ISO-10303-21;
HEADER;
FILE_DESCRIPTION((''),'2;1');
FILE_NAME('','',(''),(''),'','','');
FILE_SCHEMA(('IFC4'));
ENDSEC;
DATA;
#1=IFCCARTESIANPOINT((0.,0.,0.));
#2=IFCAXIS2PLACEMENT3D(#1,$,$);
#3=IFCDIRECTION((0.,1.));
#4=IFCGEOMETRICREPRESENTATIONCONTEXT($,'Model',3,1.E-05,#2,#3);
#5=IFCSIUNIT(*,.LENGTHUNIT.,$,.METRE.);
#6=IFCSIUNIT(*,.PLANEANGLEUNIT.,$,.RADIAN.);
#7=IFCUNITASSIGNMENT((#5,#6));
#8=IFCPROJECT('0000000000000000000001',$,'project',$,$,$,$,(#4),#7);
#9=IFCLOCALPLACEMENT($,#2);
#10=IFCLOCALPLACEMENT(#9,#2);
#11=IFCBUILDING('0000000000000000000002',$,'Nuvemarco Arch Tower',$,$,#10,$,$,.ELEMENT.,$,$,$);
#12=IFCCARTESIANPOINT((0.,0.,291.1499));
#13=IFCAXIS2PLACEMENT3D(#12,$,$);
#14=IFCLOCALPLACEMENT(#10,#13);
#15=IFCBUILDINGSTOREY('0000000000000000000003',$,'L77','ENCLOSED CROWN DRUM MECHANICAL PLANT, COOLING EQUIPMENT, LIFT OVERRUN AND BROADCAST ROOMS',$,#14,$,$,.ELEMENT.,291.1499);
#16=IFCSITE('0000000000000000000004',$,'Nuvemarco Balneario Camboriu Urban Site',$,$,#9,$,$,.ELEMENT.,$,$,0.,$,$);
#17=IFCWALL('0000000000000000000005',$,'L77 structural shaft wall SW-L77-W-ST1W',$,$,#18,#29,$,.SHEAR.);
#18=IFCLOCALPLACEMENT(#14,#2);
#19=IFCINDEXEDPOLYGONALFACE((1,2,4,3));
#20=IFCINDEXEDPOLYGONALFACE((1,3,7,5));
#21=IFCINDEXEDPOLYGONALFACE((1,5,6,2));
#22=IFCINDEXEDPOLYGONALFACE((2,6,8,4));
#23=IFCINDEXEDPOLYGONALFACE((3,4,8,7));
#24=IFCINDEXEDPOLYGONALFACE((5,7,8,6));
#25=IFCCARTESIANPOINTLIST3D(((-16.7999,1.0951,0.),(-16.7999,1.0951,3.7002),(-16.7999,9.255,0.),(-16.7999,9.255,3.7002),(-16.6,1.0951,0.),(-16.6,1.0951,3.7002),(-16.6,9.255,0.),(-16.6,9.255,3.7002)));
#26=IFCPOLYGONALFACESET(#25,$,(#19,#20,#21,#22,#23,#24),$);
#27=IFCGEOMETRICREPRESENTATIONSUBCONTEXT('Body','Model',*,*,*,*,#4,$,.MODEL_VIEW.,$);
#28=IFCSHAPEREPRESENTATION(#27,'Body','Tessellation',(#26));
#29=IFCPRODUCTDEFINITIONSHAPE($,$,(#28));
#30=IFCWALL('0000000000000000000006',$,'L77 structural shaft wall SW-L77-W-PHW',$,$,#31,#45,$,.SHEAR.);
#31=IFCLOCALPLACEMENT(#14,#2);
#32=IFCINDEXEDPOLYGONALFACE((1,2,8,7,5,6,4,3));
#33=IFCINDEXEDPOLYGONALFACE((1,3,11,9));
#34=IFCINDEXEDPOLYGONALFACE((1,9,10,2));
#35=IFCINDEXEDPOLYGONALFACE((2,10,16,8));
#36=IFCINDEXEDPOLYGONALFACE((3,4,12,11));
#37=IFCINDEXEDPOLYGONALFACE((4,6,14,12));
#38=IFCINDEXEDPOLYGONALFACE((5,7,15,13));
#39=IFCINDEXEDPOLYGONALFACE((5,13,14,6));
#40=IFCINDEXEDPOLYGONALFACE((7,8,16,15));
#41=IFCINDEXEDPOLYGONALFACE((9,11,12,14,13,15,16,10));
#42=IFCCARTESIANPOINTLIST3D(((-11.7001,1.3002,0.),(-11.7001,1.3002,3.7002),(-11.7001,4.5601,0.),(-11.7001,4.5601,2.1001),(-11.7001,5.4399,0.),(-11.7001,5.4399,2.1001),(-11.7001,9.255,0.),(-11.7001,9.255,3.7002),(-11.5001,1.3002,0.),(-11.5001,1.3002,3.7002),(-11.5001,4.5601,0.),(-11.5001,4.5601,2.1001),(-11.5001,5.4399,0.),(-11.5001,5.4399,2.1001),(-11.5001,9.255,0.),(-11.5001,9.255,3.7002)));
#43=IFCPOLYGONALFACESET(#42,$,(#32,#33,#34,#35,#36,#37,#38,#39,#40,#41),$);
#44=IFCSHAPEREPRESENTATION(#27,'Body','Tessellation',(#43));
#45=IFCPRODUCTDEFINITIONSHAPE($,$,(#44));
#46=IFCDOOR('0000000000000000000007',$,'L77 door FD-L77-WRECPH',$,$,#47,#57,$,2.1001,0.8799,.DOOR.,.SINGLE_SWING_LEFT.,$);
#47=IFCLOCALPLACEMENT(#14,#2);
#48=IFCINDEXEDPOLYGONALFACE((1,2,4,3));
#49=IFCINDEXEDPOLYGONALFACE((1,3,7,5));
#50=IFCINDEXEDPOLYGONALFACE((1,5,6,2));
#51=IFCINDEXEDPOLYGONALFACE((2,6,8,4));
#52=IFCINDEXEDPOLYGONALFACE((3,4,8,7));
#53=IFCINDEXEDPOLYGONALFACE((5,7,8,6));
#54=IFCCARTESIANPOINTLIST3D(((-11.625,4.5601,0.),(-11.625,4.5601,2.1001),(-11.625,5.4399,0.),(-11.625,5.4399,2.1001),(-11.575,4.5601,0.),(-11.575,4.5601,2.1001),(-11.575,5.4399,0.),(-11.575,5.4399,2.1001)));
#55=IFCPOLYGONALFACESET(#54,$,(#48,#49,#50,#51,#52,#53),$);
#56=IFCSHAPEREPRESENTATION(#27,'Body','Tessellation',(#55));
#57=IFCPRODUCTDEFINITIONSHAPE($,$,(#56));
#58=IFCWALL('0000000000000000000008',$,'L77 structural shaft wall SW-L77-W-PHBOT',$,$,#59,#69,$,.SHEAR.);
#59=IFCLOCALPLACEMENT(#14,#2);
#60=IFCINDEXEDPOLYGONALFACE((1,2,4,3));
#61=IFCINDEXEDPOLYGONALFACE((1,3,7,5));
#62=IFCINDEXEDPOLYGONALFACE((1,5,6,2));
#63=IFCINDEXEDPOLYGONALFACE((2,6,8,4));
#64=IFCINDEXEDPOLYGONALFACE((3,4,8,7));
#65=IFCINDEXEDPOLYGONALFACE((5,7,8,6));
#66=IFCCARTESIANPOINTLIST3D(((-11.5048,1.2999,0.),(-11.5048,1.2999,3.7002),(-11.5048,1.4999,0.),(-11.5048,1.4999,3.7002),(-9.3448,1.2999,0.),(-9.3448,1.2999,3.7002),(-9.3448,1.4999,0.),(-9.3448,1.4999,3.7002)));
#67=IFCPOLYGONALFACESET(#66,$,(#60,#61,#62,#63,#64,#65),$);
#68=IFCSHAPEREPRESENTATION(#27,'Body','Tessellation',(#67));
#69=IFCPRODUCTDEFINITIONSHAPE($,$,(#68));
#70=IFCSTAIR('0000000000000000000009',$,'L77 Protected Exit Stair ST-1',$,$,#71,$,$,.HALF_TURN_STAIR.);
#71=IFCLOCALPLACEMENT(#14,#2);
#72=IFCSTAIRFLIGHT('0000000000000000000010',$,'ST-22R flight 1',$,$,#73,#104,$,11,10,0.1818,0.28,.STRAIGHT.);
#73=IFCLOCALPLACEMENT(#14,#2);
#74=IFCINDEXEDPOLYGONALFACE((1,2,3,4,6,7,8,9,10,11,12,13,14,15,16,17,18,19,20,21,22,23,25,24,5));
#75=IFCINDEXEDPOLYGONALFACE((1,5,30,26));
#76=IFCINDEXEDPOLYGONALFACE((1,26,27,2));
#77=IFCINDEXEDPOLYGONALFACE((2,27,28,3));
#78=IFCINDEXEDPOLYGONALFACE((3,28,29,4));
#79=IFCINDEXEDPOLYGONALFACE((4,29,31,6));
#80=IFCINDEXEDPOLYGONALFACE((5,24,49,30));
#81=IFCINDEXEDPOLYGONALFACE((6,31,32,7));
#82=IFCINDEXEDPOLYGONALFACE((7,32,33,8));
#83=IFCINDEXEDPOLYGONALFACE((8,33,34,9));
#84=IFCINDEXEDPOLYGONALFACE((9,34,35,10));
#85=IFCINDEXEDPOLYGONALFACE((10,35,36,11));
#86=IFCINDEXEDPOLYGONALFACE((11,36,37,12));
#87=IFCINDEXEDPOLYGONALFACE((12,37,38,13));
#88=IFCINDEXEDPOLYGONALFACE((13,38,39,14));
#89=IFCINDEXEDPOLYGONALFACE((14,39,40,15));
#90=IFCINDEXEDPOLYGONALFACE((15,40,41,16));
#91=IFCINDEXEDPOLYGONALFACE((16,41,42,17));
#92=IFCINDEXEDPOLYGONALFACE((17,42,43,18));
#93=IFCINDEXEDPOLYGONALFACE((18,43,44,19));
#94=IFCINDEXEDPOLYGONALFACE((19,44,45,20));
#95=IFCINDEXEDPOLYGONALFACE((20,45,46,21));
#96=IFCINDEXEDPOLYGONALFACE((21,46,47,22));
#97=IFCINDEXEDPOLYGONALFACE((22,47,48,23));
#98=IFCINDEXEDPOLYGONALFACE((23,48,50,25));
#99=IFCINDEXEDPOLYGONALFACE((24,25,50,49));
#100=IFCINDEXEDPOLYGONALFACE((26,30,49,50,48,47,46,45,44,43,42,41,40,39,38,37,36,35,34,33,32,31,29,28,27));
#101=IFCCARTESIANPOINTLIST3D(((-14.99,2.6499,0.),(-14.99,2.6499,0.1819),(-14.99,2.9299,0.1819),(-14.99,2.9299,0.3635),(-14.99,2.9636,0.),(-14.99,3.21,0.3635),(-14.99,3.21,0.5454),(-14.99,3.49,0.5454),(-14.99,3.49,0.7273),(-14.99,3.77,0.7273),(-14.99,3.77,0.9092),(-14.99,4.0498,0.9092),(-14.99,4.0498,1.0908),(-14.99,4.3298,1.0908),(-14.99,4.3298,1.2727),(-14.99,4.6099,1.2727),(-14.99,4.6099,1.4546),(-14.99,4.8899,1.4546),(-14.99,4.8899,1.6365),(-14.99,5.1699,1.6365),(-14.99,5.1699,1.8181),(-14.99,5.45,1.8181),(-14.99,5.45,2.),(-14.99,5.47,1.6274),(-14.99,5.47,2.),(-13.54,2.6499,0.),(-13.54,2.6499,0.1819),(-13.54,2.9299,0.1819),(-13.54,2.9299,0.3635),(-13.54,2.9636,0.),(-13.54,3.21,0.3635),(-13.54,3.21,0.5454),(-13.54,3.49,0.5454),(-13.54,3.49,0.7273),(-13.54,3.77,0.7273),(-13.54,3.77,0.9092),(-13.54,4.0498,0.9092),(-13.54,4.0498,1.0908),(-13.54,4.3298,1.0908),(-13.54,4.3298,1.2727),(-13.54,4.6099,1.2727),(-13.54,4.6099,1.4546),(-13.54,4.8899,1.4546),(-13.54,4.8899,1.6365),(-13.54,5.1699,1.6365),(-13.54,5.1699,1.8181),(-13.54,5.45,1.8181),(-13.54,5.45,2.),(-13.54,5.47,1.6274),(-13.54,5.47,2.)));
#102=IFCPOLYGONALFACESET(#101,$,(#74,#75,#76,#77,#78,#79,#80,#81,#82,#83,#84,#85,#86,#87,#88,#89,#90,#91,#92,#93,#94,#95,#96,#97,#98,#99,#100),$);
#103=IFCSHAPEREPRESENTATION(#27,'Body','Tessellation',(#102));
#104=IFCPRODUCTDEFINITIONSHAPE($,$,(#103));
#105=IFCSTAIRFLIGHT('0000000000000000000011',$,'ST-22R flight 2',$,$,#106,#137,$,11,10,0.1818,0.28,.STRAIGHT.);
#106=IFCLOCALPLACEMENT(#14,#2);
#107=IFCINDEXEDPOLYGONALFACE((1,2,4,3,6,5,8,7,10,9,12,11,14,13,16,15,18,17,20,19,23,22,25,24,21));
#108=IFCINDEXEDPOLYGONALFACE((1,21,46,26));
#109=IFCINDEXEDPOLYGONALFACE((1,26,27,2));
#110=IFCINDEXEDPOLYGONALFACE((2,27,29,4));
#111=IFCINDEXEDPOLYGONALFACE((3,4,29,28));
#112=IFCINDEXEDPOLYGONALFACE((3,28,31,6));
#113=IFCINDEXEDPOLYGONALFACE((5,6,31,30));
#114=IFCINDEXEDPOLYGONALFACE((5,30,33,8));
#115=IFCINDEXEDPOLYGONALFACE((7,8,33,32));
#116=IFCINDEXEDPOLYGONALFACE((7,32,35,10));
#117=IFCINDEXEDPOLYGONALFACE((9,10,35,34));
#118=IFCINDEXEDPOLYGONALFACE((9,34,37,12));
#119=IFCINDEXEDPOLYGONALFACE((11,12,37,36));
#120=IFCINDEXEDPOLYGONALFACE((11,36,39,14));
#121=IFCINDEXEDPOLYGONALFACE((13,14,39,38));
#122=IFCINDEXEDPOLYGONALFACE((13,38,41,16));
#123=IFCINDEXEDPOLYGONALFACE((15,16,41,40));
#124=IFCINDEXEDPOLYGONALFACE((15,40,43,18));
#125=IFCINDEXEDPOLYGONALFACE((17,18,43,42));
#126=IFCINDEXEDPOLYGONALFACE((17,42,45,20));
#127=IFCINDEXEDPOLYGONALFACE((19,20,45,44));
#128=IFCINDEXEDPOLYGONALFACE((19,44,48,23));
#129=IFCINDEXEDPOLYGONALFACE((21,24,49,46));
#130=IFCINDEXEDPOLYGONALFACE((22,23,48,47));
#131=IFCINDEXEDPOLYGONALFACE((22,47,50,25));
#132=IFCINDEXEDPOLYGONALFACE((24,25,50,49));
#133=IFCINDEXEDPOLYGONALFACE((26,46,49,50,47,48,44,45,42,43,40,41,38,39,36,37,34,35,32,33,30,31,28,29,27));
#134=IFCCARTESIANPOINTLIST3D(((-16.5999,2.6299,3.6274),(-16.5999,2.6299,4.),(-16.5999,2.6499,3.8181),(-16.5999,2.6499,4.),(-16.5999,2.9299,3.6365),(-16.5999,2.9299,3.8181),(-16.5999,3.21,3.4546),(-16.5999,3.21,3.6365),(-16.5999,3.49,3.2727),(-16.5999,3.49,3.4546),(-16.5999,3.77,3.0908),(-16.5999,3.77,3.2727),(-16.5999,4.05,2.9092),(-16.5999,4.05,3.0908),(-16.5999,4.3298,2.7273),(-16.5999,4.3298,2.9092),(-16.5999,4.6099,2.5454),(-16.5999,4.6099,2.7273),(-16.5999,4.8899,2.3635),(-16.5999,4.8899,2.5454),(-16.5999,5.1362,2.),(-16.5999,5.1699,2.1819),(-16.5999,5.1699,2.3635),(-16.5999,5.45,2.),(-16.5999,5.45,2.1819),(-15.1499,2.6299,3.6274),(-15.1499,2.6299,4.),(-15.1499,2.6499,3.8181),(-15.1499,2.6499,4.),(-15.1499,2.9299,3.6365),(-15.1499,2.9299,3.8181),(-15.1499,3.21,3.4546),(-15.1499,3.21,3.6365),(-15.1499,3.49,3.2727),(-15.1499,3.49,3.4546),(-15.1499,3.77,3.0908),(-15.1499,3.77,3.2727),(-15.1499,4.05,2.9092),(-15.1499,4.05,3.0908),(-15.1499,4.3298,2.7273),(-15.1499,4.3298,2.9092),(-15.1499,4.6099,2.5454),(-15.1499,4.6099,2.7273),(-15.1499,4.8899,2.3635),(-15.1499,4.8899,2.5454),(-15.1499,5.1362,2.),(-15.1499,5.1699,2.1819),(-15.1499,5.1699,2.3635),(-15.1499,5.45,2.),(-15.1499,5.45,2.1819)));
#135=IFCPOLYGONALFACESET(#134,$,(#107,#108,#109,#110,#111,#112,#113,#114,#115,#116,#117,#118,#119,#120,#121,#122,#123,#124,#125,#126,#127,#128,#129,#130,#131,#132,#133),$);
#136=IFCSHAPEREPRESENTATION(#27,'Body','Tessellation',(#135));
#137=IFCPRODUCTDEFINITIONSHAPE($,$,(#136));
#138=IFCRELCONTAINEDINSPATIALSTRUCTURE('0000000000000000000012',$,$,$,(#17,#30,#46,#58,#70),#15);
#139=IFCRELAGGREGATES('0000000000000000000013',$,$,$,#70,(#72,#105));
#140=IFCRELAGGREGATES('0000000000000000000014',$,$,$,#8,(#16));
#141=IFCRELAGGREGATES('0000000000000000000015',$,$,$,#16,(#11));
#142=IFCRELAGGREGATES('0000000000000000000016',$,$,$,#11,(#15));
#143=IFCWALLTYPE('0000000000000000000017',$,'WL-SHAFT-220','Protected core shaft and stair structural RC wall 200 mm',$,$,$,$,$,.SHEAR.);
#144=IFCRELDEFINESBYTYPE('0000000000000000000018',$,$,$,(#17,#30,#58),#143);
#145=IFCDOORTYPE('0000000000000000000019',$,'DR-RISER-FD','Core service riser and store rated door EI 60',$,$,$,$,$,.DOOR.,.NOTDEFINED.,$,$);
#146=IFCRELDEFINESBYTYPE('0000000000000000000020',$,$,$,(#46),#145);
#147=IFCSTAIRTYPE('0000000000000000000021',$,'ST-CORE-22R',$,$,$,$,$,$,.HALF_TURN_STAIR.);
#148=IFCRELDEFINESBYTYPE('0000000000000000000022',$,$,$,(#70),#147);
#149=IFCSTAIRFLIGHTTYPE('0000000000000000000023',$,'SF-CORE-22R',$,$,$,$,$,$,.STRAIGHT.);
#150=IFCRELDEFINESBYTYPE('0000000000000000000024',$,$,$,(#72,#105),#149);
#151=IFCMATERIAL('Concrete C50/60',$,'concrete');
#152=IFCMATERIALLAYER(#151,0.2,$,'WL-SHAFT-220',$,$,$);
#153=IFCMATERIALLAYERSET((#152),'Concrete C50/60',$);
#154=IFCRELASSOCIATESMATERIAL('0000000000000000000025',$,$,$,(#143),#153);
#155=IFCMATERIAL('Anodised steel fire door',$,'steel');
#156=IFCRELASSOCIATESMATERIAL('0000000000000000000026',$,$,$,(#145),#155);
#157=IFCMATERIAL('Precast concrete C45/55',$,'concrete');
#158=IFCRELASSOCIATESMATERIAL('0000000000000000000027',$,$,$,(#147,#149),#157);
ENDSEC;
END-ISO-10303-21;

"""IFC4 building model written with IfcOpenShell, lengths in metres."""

from ifc_helpers import new_model, si_unit, direction, frame, frame_2d, origin, place, context, subcontext, project, spatial, polyline, rectangle, outline, extrude, source, transform, mapped, material, layer, layer_set, type_object, type_shapes, element, fill, aggregate, save


model = new_model("IFC4")

# Units and contexts
model_context = context("Model", 3, precision=1e-05, world=origin(), true_north=direction((0.0, 1.0)))
body_context = subcontext(model_context, "Body", "Model", "MODEL_VIEW")
ifc_project = project(units=[si_unit("LENGTHUNIT", "METRE"), si_unit("PLANEANGLEUNIT", "RADIAN")], contexts=[model_context])

# Site, building, storey
site_placement = place(None, origin())
site = spatial("IfcSite", under=ifc_project, at=site_placement, Name="Nuvemarco Balneario Camboriu Urban Site", CompositionType="ELEMENT", RefElevation=0.0)
building_placement = place(site_placement, origin())
building = spatial("IfcBuilding", under=site, at=building_placement, Name="Nuvemarco Arch Tower", CompositionType="ELEMENT")
storey_placement = place(building_placement, frame((0.0, 0.0, 291.1499)))
storey = spatial("IfcBuildingStorey", under=building, at=storey_placement, Name="L77", Description="ENCLOSED CROWN DRUM MECHANICAL PLANT, COOLING EQUIPMENT, LIFT OVERRUN AND BROADCAST ROOMS", CompositionType="ELEMENT", Elevation=291.1499)

# Shared definitions
ifc_material_1 = material(Name="Concrete C50/60", Category="concrete")

# Shared definitions
ifc_material_2 = material(Name="Precast concrete C45/55", Category="concrete")
ifc_layer_1 = layer(ifc_material_1, 0.2, Name="WL-SHAFT-220")
ifc_layer_set_1 = layer_set([ifc_layer_1], Name="Concrete C50/60")
wall_type_1 = type_object("IfcWallType", Name="WL-SHAFT-220", Description="Protected core shaft and stair structural RC wall 200 mm", PredefinedType="SHEAR", material=ifc_layer_set_1)
ifc_material_3 = material(Name="Anodised steel fire door", Category="steel")

# Wall
wall_1_placement = place(storey_placement, frame((-16.7, 1.095, 0.0), z_axis=(0.0, 0.0, 1.0), x_axis=(0.0, 1.0, 0.0)))
element("IfcWall", 1, at=wall_1_placement, inside=storey, type_object=wall_type_1, Name="L77 structural shaft wall SW-L77-W-ST1W", PredefinedType="SHEAR", context=body_context, shape_type="SweptSolid", body=[
    extrude(rectangle(XDim=8.1599, YDim=0.2, at=frame_2d((4.0801, 0.0))), origin(), (0.0, 0.0, 1.0), 3.7002),
])

# Wall, opening, door
wall_2_placement = place(storey_placement, frame((-11.6001, 1.3, 0.0), z_axis=(0.0, 0.0, 1.0), x_axis=(0.0, 1.0, 0.0)))
wall_2 = element("IfcWall", 2, at=wall_2_placement, inside=storey, type_object=wall_type_1, Name="L77 structural shaft wall SW-L77-W-PHW", PredefinedType="SHEAR", context=body_context, shape_type="SweptSolid", body=[
    extrude(rectangle(XDim=7.9548, YDim=0.2, at=frame_2d((3.9775, 0.0))), origin(), (0.0, 0.0, 1.0), 3.7002),
])
opening_1_placement = place(wall_2_placement, frame((3.26, 0.0, 0.0)))
opening_1 = element("IfcOpeningElement", 3, at=opening_1_placement, cuts=wall_2, PredefinedType="OPENING", context=body_context, shape_type="SweptSolid", body=[
    extrude(rectangle(XDim=0.8799, YDim=2.1001, at=frame_2d((0.4399, 1.05))), frame((0.0, 0.1099, 0.0), z_axis=(0.0, -1.0, 0.0), x_axis=(1.0, 0.0, 0.0)), (0.0, 0.0, 1.0), 0.22),
])
door_type_1 = type_object("IfcDoorType", Name="DR-RISER-FD", Description="Core service riser and store rated door EI 60", OperationType="NOTDEFINED", PredefinedType="DOOR", material=ifc_material_3)
shared_shape_1 = source(origin(), body_context, "Body", "SweptSolid", [
    extrude(rectangle(XDim=0.8799, YDim=2.1001, at=frame_2d((0.4399, 1.05))), frame((0.0, 0.0249, 0.0), z_axis=(0.0, -1.0, 0.0), x_axis=(1.0, 0.0, 0.0)), (0.0, 0.0, 1.0), 0.05),
])
type_shapes(door_type_1, [shared_shape_1])
door_1_placement = place(opening_1_placement, origin())
door_1 = element("IfcDoor", 4, at=door_1_placement, inside=storey, type_object=door_type_1, Name="L77 door FD-L77-WRECPH", OperationType="SINGLE_SWING_LEFT", OverallHeight=2.1001, OverallWidth=0.8799, PredefinedType="DOOR", context=body_context, shape_type="MappedRepresentation", body=[
    mapped(shared_shape_1, transform((0.0, 0.0, 0.0), scale=1.0)),
])
fill(opening_1, door_1)

# Wall
wall_3_placement = place(storey_placement, frame((-11.5049, 1.3999, 0.0), z_axis=(0.0, 0.0, 1.0), x_axis=(1.0, 0.0, 0.0)))
element("IfcWall", 5, at=wall_3_placement, inside=storey, type_object=wall_type_1, Name="L77 structural shaft wall SW-L77-W-PHBOT", PredefinedType="SHEAR", context=body_context, shape_type="SweptSolid", body=[
    extrude(rectangle(XDim=2.1599, YDim=0.2, at=frame_2d((1.0801, 0.0))), origin(), (0.0, 0.0, 1.0), 3.7002),
])

# Stair, stair flights
stair_type = type_object("IfcStairType", Name="ST-CORE-22R", PredefinedType="HALF_TURN_STAIR", material=ifc_material_2)
stair_placement = place(storey_placement, origin())
stair = element("IfcStair", 6, at=stair_placement, inside=storey, type_object=stair_type, Name="L77 Protected Exit Stair ST-1", PredefinedType="HALF_TURN_STAIR")
stair_flight_type = type_object("IfcStairFlightType", Name="SF-CORE-22R", PredefinedType="STRAIGHT", material=ifc_material_2)
stair_flight_1_placement = place(storey_placement, frame((-14.2649, 2.6499, 0.0), z_axis=(0.0, 0.0, 1.0), x_axis=(0.0, 1.0, 0.0)))
stair_flight_1 = element("IfcStairFlight", 7, at=stair_flight_1_placement, type_object=stair_flight_type, Name="ST-22R flight 1", NumberOfRisers=11, NumberOfTreads=10, PredefinedType="STRAIGHT", RiserHeight=0.1818, TreadLength=0.28, context=body_context, shape_type="SweptSolid", body=[
    extrude(outline(polyline([(0.0, 0.0), (0.0, 0.1819), (0.28, 0.1819), (0.28, 0.3635), (0.5601, 0.3635), (0.5601, 0.5454), (0.8401, 0.5454), (0.8401, 0.7273), (1.1201, 0.7273), (1.1201, 0.9092), (1.3999, 0.9092), (1.3999, 1.0908), (1.6799, 1.0908), (1.6799, 1.2727), (1.96, 1.2727), (1.96, 1.4546), (2.24, 1.4546), (2.24, 1.6365), (2.52, 1.6365), (2.52, 1.8181), (2.8, 1.8181), (2.8, 2.0), (2.8201, 2.0), (2.8201, 1.6274), (0.3137, 0.0), (0.0, 0.0)])), frame((0.0, 0.7251, 0.0), z_axis=(0.0, -1.0, 0.0), x_axis=(1.0, 0.0, 0.0)), (0.0, 0.0, 1.0), 1.45),
])
stair_flight_2_placement = place(storey_placement, frame((-15.875, 5.45, 2.0), z_axis=(0.0, 0.0, 1.0), x_axis=(0.0, -1.0, 0.0)))
stair_flight_2 = element("IfcStairFlight", 8, at=stair_flight_2_placement, type_object=stair_flight_type, Name="ST-22R flight 2", NumberOfRisers=11, NumberOfTreads=10, PredefinedType="STRAIGHT", RiserHeight=0.1818, TreadLength=0.28, context=body_context, shape_type="SweptSolid", body=[
    extrude(outline(polyline([(0.0, 0.0), (0.0, 0.1819), (0.28, 0.1819), (0.28, 0.3635), (0.5601, 0.3635), (0.5601, 0.5454), (0.8401, 0.5454), (0.8401, 0.7273), (1.1201, 0.7273), (1.1201, 0.9092), (1.3999, 0.9092), (1.3999, 1.0908), (1.6799, 1.0908), (1.6799, 1.2727), (1.96, 1.2727), (1.96, 1.4546), (2.24, 1.4546), (2.24, 1.6365), (2.52, 1.6365), (2.52, 1.8181), (2.8, 1.8181), (2.8, 2.0), (2.8201, 2.0), (2.8201, 1.6274), (0.3137, 0.0), (0.0, 0.0)])), frame((0.0, 0.7251, 0.0), z_axis=(0.0, -1.0, 0.0), x_axis=(1.0, 0.0, 0.0)), (0.0, 0.0, 1.0), 1.45),
])
aggregate(stair, [stair_flight_1, stair_flight_2])

save(model, "model.ifc")
